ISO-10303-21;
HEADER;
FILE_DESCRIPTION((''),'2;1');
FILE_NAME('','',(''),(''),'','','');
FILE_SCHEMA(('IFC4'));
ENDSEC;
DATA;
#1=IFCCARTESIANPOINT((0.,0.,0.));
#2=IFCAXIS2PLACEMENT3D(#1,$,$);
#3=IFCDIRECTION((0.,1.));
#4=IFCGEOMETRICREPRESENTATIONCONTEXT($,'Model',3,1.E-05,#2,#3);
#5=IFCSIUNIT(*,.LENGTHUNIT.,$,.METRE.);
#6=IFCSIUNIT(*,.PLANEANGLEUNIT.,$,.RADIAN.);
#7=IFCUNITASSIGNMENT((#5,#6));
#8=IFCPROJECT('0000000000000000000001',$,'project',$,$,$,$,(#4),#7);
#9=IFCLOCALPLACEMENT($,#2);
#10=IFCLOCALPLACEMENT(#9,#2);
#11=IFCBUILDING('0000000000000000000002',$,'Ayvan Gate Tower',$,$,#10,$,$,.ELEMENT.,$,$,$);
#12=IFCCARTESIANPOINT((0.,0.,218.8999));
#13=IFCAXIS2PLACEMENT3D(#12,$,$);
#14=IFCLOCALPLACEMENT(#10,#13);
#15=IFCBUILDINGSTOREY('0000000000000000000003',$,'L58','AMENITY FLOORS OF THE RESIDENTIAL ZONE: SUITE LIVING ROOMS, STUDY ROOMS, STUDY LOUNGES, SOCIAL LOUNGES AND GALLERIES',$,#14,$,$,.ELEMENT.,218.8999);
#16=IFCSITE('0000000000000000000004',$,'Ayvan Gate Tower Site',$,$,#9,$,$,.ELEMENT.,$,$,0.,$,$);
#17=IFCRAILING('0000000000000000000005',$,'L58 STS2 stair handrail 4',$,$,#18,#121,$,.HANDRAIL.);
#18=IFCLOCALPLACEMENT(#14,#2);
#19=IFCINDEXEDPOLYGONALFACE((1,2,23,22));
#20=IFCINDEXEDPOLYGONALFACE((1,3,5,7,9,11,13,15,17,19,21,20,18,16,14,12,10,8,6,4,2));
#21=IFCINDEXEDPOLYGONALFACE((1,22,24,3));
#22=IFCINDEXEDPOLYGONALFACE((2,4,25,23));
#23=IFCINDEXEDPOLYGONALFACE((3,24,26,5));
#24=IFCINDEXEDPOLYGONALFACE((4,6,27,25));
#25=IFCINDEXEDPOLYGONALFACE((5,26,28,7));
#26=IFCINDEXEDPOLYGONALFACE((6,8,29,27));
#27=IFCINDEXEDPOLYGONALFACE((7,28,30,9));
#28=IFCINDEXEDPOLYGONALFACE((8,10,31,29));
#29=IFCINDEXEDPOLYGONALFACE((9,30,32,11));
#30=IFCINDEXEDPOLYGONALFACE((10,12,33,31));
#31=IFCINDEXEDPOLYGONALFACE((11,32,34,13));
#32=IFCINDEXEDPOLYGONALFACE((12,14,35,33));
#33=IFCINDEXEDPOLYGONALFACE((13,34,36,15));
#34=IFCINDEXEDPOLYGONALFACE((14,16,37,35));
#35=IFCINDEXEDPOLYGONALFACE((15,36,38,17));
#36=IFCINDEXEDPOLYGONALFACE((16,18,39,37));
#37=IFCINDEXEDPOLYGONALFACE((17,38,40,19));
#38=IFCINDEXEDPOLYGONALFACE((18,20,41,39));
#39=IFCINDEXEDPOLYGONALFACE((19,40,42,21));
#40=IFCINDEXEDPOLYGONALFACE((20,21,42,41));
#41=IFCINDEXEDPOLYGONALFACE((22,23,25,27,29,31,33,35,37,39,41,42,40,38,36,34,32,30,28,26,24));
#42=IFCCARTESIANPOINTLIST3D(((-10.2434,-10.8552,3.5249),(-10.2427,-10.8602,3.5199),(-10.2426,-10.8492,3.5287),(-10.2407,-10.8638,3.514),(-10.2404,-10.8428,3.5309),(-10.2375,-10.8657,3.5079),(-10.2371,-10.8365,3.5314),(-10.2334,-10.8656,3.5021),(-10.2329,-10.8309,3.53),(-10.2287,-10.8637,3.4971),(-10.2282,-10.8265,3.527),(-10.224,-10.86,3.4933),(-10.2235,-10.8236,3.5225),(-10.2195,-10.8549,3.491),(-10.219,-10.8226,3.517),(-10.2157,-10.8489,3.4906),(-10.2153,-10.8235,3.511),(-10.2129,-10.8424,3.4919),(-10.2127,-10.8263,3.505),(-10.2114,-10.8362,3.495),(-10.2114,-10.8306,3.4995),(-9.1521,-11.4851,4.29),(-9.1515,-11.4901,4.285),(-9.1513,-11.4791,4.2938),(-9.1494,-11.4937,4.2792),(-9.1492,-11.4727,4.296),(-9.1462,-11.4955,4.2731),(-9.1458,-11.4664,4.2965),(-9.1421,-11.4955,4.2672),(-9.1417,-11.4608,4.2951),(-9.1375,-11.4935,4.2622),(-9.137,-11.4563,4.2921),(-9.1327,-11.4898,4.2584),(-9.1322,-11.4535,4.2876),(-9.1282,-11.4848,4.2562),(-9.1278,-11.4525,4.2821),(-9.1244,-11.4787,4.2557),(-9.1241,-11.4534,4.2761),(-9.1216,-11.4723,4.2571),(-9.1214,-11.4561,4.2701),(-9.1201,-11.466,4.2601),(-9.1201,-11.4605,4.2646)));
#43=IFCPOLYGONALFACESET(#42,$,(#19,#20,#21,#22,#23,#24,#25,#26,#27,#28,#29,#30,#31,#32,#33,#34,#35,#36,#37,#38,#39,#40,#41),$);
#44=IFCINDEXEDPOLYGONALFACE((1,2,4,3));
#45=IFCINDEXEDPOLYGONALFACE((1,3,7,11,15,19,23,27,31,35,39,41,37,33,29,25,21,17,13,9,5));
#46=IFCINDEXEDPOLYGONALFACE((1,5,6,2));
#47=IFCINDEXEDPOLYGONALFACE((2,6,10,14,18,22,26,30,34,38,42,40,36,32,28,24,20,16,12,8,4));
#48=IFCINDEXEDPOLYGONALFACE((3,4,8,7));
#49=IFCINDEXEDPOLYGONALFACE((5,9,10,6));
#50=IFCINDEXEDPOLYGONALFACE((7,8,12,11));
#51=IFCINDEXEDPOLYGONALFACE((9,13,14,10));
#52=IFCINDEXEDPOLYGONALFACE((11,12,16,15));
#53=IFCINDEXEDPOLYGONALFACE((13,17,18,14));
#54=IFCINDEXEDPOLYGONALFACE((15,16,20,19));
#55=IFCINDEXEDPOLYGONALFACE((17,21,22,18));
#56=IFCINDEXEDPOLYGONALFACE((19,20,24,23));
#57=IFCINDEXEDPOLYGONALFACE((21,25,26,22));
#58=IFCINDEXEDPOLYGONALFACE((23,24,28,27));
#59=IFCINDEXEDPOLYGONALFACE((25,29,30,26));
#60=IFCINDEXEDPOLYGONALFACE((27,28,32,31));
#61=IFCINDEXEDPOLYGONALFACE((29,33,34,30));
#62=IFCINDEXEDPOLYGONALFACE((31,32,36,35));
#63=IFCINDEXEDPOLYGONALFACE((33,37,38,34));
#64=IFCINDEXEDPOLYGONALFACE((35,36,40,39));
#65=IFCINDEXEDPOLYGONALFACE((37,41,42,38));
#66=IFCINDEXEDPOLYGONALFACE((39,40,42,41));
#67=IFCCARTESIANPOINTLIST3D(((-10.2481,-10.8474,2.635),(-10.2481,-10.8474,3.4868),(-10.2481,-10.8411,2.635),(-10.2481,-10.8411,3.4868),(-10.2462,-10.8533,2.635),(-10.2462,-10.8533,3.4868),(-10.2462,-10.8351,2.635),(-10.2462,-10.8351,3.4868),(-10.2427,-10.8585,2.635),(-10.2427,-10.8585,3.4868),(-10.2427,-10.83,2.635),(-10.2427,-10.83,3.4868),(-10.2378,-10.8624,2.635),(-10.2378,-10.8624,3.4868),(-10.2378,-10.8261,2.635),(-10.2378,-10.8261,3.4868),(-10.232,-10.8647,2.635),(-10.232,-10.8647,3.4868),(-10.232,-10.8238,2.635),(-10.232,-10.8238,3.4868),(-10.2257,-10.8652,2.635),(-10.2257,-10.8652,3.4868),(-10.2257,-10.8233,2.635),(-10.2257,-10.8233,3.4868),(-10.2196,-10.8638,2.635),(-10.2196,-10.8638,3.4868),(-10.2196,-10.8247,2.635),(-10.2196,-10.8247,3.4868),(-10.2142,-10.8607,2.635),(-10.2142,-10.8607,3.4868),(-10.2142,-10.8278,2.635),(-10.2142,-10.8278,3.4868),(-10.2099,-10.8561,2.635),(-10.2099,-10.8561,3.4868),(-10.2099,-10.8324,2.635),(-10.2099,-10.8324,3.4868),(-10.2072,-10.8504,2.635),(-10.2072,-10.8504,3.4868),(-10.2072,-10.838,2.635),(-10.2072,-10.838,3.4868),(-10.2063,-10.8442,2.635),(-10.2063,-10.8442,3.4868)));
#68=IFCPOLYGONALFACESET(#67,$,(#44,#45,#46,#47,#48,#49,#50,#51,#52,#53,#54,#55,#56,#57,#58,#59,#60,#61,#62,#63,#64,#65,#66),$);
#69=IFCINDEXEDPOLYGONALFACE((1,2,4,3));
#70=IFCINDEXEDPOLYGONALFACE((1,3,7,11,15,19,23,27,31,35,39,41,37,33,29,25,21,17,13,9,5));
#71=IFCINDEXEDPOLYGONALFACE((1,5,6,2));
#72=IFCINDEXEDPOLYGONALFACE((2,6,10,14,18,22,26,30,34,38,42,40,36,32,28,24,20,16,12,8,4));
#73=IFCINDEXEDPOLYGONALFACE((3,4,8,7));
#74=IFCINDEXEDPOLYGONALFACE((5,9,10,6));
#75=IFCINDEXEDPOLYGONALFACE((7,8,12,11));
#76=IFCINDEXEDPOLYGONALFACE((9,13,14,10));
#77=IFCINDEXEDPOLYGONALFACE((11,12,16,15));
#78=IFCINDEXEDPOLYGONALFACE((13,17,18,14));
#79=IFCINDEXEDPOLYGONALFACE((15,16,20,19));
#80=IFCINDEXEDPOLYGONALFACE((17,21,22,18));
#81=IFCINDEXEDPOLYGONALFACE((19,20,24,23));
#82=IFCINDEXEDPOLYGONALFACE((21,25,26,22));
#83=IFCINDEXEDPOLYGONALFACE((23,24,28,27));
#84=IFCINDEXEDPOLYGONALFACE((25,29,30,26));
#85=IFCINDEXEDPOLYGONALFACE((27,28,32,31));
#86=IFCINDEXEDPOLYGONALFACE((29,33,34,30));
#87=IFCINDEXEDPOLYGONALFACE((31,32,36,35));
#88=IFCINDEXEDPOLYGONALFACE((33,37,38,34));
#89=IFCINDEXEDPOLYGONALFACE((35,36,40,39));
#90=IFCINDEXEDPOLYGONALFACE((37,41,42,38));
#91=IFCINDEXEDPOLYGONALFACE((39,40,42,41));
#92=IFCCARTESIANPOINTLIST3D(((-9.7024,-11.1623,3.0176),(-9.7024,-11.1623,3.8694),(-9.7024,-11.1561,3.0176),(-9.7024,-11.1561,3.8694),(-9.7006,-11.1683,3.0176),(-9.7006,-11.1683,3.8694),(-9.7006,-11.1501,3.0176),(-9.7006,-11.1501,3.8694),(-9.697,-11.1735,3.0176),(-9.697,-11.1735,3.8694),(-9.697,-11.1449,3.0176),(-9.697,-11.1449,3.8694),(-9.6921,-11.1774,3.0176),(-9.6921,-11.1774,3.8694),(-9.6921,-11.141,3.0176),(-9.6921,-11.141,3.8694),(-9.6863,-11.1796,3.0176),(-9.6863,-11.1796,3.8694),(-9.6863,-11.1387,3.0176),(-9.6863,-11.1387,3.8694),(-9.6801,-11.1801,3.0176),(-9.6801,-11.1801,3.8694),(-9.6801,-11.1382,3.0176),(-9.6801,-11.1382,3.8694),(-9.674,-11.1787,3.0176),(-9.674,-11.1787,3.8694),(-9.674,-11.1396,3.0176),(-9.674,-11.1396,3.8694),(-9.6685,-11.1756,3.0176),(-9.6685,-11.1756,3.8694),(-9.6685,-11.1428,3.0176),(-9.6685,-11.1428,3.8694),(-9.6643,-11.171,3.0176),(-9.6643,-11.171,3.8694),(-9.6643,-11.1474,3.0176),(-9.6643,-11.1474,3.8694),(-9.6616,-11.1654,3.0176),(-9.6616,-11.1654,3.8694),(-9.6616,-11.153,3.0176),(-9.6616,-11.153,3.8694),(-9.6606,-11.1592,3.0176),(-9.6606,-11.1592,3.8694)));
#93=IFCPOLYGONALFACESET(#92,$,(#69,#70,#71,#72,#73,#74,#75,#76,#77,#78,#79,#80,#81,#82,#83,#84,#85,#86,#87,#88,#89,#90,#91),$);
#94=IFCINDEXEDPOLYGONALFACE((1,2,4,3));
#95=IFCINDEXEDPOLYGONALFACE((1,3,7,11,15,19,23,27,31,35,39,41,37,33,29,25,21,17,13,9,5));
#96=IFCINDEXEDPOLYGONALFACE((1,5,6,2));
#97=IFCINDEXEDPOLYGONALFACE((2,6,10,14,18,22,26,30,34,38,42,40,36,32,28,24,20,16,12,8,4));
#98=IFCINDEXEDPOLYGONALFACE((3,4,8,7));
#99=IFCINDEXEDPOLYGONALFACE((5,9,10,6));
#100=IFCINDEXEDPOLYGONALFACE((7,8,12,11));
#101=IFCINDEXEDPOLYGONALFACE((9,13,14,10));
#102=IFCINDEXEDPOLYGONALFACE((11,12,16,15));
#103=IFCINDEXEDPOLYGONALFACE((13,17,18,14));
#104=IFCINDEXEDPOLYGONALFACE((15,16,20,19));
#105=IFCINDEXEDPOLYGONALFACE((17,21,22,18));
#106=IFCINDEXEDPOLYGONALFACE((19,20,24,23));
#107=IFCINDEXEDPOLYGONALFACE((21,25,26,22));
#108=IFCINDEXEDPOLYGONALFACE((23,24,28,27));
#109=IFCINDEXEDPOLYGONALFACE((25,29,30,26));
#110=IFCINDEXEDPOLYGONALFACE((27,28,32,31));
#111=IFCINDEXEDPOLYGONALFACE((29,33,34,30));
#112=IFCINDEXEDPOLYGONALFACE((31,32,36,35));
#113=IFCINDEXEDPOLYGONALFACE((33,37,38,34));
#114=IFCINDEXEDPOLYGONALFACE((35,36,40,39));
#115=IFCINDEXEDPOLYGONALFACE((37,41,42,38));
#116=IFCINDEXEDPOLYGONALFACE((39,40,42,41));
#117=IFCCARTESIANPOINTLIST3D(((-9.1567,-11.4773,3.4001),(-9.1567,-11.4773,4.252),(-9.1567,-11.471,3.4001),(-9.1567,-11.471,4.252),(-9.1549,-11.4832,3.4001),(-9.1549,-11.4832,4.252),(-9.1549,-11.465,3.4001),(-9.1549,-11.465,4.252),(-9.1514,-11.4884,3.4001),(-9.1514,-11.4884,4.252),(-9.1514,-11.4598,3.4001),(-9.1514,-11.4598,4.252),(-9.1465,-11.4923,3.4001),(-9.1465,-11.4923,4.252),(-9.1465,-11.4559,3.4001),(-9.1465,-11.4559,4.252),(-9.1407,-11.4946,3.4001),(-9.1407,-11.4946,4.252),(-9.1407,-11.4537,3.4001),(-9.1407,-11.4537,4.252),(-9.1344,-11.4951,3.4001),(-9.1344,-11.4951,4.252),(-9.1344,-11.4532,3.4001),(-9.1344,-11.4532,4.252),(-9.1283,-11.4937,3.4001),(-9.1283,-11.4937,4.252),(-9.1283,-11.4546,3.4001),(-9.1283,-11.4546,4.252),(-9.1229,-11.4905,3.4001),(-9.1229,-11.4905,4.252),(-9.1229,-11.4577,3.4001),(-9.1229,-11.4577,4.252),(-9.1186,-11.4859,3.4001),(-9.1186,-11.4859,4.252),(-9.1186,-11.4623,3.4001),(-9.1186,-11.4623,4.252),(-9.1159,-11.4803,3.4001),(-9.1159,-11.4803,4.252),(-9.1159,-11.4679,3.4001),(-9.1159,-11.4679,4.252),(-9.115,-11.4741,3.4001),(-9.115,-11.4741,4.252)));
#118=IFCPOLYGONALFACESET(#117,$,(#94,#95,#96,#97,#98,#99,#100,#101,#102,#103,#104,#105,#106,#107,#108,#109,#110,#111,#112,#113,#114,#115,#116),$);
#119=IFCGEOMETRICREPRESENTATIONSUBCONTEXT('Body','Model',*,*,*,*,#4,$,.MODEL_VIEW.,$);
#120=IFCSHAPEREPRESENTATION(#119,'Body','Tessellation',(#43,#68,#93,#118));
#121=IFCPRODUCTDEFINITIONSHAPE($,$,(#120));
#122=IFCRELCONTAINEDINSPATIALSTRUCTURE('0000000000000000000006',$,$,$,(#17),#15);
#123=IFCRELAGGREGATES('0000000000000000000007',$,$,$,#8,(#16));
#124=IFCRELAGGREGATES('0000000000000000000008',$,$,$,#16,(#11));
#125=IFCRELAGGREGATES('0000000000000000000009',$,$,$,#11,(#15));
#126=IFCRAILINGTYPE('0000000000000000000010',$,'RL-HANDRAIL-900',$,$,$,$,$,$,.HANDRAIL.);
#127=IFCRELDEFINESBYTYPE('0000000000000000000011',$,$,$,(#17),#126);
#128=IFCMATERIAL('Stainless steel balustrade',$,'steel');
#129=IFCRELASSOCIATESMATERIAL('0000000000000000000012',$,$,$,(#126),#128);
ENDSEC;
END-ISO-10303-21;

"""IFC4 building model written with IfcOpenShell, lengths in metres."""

from ifc_helpers import new_model, si_unit, direction, frame, origin, origin_2d, place, context, subcontext, project, spatial, circle, extrude, material, type_object, element, save


model = new_model("IFC4")

# Units and contexts
model_context = context("Model", 3, precision=1e-05, world=origin(), true_north=direction((0.0, 1.0)))
body_context = subcontext(model_context, "Body", "Model", "MODEL_VIEW")
ifc_project = project(units=[si_unit("LENGTHUNIT", "METRE"), si_unit("PLANEANGLEUNIT", "RADIAN")], contexts=[model_context])

# Site, building, storey
site_placement = place(None, origin())
site = spatial("IfcSite", under=ifc_project, at=site_placement, Name="Ayvan Gate Tower Site", CompositionType="ELEMENT", RefElevation=0.0)
building_placement = place(site_placement, origin())
building = spatial("IfcBuilding", under=site, at=building_placement, Name="Ayvan Gate Tower", CompositionType="ELEMENT")
storey_placement = place(building_placement, frame((0.0, 0.0, 218.8999)))
storey = spatial("IfcBuildingStorey", under=building, at=storey_placement, Name="L58", Description="AMENITY FLOORS OF THE RESIDENTIAL ZONE: SUITE LIVING ROOMS, STUDY ROOMS, STUDY LOUNGES, SOCIAL LOUNGES AND GALLERIES", CompositionType="ELEMENT", Elevation=218.8999)

# Railing
ifc_material_1 = material(Name="Stainless steel balustrade", Category="steel")
railing_type_1 = type_object("IfcRailingType", Name="RL-HANDRAIL-900", PredefinedType="HANDRAIL", material=ifc_material_1)
railing_1_placement = place(storey_placement, frame((-10.2273, -10.8442, 2.635)))
element("IfcRailing", 1, at=railing_1_placement, inside=storey, type_object=railing_type_1, Name="L58 STS2 stair handrail 4", PredefinedType="HANDRAIL", context=body_context, shape_type="SweptSolid", body=[
    extrude(circle(Radius=0.0239, at=origin_2d()), frame((0.0, 0.0, 0.876), z_axis=(0.740293, -0.427283, 0.519033), x_axis=(0.49989, 0.866089, 0.0)), (0.0, 0.0, 1.0), 1.4741),
    extrude(circle(Radius=0.021, at=origin_2d()), origin(), (0.0, 0.0, 1.0), 0.8518),
    extrude(circle(Radius=0.021, at=origin_2d()), frame((0.5457, -0.3149, 0.3826)), (0.0, 0.0, 1.0), 0.8518),
    extrude(circle(Radius=0.021, at=origin_2d()), frame((1.0913, -0.6299, 0.7651)), (0.0, 0.0, 1.0), 0.8518),
])

save(model, "model.ifc")
